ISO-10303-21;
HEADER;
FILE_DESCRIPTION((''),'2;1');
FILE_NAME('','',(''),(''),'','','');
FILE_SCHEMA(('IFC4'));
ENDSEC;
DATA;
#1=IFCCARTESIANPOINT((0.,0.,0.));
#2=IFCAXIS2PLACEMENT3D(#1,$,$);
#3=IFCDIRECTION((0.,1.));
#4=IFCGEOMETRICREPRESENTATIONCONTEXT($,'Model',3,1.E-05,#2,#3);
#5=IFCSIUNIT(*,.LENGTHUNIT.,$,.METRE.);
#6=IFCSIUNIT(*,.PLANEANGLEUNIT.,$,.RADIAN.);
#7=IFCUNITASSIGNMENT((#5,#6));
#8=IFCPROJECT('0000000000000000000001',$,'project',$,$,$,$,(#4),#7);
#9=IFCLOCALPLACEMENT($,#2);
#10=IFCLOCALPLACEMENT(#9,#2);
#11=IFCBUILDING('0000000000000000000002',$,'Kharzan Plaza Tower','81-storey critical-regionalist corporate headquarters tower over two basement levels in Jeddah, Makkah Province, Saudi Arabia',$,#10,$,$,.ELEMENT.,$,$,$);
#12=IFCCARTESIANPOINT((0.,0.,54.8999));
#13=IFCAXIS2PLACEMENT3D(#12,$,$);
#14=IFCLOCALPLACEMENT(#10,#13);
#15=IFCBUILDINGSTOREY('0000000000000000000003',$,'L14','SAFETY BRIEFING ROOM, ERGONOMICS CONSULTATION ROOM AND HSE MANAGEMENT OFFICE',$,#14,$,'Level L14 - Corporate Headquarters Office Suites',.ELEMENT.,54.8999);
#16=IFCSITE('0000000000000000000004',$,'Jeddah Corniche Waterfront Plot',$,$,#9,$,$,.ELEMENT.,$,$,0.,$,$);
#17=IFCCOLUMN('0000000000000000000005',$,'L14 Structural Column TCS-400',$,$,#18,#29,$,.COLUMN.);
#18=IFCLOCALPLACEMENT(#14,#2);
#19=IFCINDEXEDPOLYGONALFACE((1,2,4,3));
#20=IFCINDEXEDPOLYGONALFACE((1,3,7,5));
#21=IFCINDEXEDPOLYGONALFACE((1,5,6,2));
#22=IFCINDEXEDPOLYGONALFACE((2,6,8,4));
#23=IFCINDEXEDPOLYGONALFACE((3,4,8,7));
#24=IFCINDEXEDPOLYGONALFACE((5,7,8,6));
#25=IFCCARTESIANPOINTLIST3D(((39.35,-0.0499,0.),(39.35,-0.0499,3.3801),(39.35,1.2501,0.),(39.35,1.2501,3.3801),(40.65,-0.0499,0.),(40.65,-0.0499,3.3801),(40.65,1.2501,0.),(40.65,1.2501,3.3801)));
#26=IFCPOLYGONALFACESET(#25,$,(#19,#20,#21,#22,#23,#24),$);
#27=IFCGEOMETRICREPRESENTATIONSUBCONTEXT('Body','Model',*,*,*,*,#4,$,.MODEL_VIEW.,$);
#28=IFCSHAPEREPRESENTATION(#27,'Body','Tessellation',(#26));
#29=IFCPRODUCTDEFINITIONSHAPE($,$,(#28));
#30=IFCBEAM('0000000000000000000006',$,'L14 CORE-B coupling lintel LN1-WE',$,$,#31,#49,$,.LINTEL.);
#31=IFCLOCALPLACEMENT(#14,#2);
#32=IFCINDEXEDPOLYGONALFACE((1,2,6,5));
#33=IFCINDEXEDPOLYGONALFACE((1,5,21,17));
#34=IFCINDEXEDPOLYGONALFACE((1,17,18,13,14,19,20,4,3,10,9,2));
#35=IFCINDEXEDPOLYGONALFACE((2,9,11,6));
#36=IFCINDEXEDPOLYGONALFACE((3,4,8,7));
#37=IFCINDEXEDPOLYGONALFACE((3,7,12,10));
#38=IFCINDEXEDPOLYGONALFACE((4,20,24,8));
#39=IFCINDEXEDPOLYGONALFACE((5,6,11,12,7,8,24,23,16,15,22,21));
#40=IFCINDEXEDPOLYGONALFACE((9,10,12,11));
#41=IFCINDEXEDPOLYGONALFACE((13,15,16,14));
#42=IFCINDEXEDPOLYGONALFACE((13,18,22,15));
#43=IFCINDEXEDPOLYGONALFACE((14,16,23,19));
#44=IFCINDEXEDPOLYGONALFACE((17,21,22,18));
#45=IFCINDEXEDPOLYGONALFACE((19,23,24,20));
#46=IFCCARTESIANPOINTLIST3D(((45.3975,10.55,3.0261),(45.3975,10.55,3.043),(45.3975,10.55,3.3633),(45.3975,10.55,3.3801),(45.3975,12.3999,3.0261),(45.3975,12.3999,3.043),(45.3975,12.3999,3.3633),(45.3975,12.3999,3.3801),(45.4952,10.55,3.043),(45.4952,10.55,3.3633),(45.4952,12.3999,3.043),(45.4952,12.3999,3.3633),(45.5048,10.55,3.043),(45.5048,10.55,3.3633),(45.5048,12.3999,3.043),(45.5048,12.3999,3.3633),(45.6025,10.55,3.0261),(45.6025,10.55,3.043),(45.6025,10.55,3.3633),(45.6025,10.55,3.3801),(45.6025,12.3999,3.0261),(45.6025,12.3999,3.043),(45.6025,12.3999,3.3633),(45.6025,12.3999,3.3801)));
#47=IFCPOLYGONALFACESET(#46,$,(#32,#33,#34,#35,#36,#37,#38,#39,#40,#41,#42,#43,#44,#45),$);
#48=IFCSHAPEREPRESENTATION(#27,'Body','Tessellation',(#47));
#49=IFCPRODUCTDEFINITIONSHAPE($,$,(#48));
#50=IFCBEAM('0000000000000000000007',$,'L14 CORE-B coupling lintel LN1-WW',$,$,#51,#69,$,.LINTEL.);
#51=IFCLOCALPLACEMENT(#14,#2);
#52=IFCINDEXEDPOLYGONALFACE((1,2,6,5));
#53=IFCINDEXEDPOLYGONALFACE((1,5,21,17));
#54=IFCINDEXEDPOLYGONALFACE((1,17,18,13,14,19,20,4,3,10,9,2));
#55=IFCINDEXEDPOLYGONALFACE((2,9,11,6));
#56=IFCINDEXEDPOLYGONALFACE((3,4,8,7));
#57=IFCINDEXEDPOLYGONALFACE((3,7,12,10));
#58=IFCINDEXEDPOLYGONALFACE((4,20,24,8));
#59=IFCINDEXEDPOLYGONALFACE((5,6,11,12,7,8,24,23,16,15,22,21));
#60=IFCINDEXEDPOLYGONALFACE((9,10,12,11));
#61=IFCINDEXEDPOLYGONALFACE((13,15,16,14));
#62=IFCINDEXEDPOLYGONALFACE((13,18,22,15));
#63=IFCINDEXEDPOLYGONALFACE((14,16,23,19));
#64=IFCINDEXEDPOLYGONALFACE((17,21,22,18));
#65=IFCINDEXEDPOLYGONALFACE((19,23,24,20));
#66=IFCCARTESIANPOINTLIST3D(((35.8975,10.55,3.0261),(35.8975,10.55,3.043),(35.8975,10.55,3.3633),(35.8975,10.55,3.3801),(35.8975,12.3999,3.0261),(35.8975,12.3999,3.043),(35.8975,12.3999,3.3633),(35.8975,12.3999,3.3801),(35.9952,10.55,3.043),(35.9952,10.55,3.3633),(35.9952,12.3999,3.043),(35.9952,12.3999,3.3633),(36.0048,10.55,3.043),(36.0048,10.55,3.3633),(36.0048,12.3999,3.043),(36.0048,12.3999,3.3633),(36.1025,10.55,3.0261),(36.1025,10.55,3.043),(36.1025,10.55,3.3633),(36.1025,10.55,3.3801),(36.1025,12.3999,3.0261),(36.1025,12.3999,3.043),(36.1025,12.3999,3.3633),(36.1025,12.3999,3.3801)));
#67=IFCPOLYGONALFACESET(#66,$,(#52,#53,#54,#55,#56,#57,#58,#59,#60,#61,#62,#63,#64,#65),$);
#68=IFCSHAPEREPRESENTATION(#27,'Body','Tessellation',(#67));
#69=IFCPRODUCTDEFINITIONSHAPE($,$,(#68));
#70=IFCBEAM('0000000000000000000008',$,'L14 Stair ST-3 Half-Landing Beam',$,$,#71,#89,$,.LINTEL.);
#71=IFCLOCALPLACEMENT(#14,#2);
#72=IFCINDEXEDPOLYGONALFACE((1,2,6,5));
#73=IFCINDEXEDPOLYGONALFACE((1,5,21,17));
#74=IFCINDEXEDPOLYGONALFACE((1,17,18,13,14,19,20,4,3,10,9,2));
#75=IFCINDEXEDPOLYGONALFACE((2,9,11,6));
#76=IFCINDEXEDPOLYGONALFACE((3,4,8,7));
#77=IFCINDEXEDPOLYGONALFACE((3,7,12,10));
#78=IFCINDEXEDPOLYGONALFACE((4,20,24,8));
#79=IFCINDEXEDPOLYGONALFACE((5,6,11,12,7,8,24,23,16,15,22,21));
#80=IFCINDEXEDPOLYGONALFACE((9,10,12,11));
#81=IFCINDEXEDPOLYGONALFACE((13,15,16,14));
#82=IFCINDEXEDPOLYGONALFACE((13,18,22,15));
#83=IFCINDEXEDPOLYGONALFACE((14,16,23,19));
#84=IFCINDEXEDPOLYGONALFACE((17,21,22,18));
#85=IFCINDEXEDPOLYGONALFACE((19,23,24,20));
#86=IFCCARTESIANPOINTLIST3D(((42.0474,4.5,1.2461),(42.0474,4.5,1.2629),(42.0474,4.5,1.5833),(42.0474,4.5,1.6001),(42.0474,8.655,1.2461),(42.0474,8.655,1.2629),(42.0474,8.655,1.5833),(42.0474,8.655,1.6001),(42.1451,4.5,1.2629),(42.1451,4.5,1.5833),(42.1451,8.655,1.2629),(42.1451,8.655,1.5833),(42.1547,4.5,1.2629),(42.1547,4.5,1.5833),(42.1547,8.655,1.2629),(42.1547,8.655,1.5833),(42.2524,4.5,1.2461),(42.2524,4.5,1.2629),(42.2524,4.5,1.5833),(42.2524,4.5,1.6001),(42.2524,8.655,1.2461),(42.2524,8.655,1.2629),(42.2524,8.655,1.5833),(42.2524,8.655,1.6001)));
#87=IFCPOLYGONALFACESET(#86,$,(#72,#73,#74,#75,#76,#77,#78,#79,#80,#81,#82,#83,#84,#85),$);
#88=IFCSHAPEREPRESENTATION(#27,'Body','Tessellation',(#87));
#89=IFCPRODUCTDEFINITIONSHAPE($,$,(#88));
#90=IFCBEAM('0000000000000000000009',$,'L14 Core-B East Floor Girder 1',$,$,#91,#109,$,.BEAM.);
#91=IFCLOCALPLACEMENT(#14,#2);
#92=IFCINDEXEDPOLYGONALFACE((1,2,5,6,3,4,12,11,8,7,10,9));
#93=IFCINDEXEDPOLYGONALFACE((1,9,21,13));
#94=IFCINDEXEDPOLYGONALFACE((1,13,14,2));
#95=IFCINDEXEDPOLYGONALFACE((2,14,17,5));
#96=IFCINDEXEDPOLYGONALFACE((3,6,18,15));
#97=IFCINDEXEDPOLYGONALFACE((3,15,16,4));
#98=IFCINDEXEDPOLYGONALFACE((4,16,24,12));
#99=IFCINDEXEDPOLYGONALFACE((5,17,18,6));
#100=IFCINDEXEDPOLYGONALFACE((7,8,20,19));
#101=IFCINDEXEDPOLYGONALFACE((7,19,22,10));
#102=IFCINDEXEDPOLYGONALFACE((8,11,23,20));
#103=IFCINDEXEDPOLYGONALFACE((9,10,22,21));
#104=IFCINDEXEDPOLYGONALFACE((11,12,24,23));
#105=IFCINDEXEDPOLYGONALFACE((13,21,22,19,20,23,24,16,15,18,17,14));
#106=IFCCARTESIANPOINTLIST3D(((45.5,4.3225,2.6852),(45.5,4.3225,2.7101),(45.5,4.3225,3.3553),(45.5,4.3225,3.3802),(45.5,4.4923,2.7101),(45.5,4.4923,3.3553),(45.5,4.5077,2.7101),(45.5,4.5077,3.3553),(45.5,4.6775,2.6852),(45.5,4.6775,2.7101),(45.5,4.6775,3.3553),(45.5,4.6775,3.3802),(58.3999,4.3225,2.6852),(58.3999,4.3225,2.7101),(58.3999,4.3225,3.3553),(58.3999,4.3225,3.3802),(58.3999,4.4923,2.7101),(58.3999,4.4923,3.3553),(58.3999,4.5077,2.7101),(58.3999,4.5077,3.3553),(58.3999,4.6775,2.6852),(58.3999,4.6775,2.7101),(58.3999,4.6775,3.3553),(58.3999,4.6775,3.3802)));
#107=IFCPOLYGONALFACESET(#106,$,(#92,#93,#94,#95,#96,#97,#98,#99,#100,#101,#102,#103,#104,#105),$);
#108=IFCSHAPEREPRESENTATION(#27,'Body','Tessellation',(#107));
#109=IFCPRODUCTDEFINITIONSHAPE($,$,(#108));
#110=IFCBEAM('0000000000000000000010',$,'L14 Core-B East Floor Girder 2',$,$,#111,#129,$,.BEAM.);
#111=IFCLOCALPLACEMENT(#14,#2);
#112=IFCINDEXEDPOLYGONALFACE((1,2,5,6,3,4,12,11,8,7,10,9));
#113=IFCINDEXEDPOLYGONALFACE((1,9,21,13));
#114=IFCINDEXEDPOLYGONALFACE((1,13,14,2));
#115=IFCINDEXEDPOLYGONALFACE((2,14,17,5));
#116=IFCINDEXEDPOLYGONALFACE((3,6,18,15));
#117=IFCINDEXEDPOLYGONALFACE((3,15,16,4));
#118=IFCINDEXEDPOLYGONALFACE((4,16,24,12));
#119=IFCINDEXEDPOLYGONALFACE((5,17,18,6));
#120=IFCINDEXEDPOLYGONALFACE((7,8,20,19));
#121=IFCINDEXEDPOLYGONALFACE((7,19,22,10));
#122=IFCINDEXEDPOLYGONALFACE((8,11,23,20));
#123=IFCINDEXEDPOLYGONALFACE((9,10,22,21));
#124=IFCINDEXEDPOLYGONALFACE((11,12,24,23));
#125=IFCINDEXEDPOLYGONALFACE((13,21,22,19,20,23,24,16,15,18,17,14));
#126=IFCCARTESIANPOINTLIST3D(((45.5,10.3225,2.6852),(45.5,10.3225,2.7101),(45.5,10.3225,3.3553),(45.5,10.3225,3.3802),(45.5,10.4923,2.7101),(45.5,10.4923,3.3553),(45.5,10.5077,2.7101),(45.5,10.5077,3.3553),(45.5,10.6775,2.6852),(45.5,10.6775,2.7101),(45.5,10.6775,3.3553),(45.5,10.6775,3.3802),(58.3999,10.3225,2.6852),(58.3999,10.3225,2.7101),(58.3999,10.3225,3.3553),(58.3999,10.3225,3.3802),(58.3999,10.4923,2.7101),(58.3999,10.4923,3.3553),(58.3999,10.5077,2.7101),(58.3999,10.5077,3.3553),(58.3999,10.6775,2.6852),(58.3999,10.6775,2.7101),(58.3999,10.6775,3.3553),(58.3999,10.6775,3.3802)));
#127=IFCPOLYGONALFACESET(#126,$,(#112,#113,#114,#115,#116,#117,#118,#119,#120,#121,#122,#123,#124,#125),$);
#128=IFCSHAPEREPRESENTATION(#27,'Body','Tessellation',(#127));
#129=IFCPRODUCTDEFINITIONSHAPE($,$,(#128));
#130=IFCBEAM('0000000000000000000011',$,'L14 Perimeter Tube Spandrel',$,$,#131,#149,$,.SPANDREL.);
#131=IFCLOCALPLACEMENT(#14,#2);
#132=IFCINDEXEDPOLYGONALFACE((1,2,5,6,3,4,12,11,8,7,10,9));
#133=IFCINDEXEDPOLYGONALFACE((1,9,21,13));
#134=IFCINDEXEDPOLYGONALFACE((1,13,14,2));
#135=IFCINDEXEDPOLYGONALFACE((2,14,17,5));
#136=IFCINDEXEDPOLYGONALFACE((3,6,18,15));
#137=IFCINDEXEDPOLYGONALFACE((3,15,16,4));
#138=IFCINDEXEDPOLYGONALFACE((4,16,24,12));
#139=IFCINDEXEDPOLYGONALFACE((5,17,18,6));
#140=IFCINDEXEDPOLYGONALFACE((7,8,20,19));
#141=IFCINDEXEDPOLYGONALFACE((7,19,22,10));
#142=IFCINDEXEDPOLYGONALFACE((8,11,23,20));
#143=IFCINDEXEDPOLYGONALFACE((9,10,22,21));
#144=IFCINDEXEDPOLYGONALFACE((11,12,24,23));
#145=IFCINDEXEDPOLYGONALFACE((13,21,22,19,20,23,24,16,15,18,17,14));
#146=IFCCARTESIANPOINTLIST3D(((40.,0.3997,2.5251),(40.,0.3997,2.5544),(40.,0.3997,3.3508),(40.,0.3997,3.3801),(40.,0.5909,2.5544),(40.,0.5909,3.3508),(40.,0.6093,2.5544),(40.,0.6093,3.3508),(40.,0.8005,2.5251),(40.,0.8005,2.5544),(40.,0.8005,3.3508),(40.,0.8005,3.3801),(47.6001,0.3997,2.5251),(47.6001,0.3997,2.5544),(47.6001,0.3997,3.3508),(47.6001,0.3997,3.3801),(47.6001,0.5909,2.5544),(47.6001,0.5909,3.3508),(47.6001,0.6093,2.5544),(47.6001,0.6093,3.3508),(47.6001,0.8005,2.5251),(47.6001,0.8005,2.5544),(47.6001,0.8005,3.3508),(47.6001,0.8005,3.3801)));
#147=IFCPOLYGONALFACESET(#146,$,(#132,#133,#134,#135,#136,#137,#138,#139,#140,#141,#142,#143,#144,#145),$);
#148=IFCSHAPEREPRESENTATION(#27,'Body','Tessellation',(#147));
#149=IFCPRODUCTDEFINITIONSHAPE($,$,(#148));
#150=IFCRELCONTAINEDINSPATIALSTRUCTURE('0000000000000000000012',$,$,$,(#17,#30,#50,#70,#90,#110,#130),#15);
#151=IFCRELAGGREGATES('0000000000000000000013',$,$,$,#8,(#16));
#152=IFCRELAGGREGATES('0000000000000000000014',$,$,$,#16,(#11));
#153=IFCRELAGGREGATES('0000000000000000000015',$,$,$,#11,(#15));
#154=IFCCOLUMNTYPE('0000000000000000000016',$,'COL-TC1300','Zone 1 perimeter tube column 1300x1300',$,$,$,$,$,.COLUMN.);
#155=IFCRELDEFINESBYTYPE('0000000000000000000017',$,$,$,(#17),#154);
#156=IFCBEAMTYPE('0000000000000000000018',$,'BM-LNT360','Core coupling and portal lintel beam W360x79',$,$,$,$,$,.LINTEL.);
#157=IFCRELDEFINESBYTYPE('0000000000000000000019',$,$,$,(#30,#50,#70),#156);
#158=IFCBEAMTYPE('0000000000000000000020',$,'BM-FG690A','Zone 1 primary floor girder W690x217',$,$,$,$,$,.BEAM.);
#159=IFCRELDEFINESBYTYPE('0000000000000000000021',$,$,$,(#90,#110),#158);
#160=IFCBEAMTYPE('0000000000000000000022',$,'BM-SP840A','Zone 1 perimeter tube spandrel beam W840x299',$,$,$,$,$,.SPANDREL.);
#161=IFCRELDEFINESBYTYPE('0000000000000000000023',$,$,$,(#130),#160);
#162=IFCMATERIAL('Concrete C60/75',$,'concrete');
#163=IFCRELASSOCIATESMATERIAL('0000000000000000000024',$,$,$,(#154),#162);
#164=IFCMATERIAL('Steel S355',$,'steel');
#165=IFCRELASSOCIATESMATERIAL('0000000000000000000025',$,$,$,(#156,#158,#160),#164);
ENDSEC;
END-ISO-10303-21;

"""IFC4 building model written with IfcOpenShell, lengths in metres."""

from ifc_helpers import new_model, si_unit, direction, frame, origin, origin_2d, place, context, subcontext, project, spatial, rectangle, i_section, extrude, source, transform, mapped, material, material_profile, profile_set, type_object, element, save


model = new_model("IFC4")

# Units and contexts
model_context = context("Model", 3, precision=1e-05, world=origin(), true_north=direction((0.0, 1.0)))
body_context = subcontext(model_context, "Body", "Model", "MODEL_VIEW")
ifc_project = project(units=[si_unit("LENGTHUNIT", "METRE"), si_unit("PLANEANGLEUNIT", "RADIAN")], contexts=[model_context])

# Site, building, storey
site_placement = place(None, origin())
site = spatial("IfcSite", under=ifc_project, at=site_placement, Name="Jeddah Corniche Waterfront Plot", CompositionType="ELEMENT", RefElevation=0.0)
building_placement = place(site_placement, origin())
building = spatial("IfcBuilding", under=site, at=building_placement, Name="Kharzan Plaza Tower", Description="81-storey critical-regionalist corporate headquarters tower over two basement levels in Jeddah, Makkah Province, Saudi Arabia", CompositionType="ELEMENT")
storey_placement = place(building_placement, frame((0.0, 0.0, 54.8999)))
storey = spatial("IfcBuildingStorey", under=building, at=storey_placement, Name="L14", Description="SAFETY BRIEFING ROOM, ERGONOMICS CONSULTATION ROOM AND HSE MANAGEMENT OFFICE", LongName="Level L14 - Corporate Headquarters Office Suites", CompositionType="ELEMENT", Elevation=54.8999)

# Column
ifc_material_1 = material(Name="Concrete C60/75", Category="concrete")
ifc_material_profile_1 = material_profile(ifc_material_1, rectangle(XDim=1.3, YDim=1.3, at=origin_2d()), Name="RC-TC1300x1300")
ifc_profile_set_1 = profile_set([ifc_material_profile_1], Name="Concrete C60/75")
column_type = type_object("IfcColumnType", Name="COL-TC1300", Description="Zone 1 perimeter tube column 1300x1300", PredefinedType="COLUMN", material=ifc_profile_set_1)
shared_shape_1 = source(origin(), body_context, "Body", "SweptSolid", [
    extrude(rectangle(XDim=1.3, YDim=1.3, at=origin_2d()), origin(), (0.0, 0.0, 1.0), 3.3801),
])
column_placement = place(storey_placement, frame((40.0, 0.6001, 0.0), z_axis=(0.0, 0.0, 1.0), x_axis=(1.0, 0.0, 0.0)))
element("IfcColumn", 1, at=column_placement, inside=storey, type_object=column_type, Name="L14 Structural Column TCS-400", PredefinedType="COLUMN", context=body_context, shape_type="MappedRepresentation", body=[
    mapped(shared_shape_1, transform((0.0, 0.0, 0.0), x_axis=(1.0, 0.0, 0.0), y_axis=(0.0, 1.0, 0.0), z_axis=(0.0, 0.0, 1.0))),
])

# Beams
ifc_material_2 = material(Name="Steel S355", Category="steel")
ifc_material_profile_2 = material_profile(ifc_material_2, i_section(OverallWidth=0.2051, OverallDepth=0.354, WebThickness=0.0095, FlangeThickness=0.0168, at=origin_2d()), Name="W360x79")
ifc_profile_set_2 = profile_set([ifc_material_profile_2], Name="Steel S355")
beam_type_1 = type_object("IfcBeamType", Name="BM-LNT360", Description="Core coupling and portal lintel beam W360x79", PredefinedType="LINTEL", material=ifc_profile_set_2)
shared_shape_2 = source(origin(), body_context, "Body", "SweptSolid", [
    extrude(i_section(OverallWidth=0.2051, OverallDepth=0.354, WebThickness=0.0095, FlangeThickness=0.0168, at=origin_2d()), origin(), (0.0, 0.0, 1.0), 1.8499),
])
for number, where, z_axis, x_axis, name in (
    (2, (45.5, 10.55, 3.2031), (0.0, 1.0, 0.0), (-1.0, 0.0, 0.0), "L14 CORE-B coupling lintel LN1-WE"),
    (3, (36.0, 10.55, 3.2031), (0.0, 1.0, 0.0), (-1.0, 0.0, 0.0), "L14 CORE-B coupling lintel LN1-WW"),
):
    element("IfcBeam", number, at=place(storey_placement, frame(where, z_axis=z_axis, x_axis=x_axis)), inside=storey, type_object=beam_type_1, Name=name, PredefinedType="LINTEL", context=body_context, shape_type="MappedRepresentation", body=[
        mapped(shared_shape_2, transform((0.0, 0.0, 0.0), x_axis=(1.0, 0.0, 0.0), y_axis=(0.0, 1.0, 0.0), z_axis=(0.0, 0.0, 1.0))),
    ])
shared_shape_3 = source(origin(), body_context, "Body", "SweptSolid", [
    extrude(i_section(OverallWidth=0.2051, OverallDepth=0.354, WebThickness=0.0095, FlangeThickness=0.0168, at=origin_2d()), origin(), (0.0, 0.0, 1.0), 4.155),
])
beam_1_placement = place(storey_placement, frame((42.1499, 4.5, 1.4231), z_axis=(0.0, 1.0, 0.0), x_axis=(-1.0, 0.0, 0.0)))
element("IfcBeam", 4, at=beam_1_placement, inside=storey, type_object=beam_type_1, Name="L14 Stair ST-3 Half-Landing Beam", PredefinedType="LINTEL", context=body_context, shape_type="MappedRepresentation", body=[
    mapped(shared_shape_3, transform((0.0, 0.0, 0.0), x_axis=(1.0, 0.0, 0.0), y_axis=(0.0, 1.0, 0.0), z_axis=(0.0, 0.0, 1.0))),
])
ifc_material_profile_3 = material_profile(ifc_material_2, i_section(OverallWidth=0.355, OverallDepth=0.6951, WebThickness=0.0154, FlangeThickness=0.0249, at=origin_2d()), Name="W690x217")
ifc_profile_set_3 = profile_set([ifc_material_profile_3], Name="Steel S355")
beam_type_2 = type_object("IfcBeamType", Name="BM-FG690A", Description="Zone 1 primary floor girder W690x217", PredefinedType="BEAM", material=ifc_profile_set_3)
shared_shape_4 = source(origin(), body_context, "Body", "SweptSolid", [
    extrude(i_section(OverallWidth=0.355, OverallDepth=0.6951, WebThickness=0.0154, FlangeThickness=0.0249, at=origin_2d()), origin(), (0.0, 0.0, 1.0), 12.8999),
])
for number, where, z_axis, x_axis, name in (
    (5, (45.5, 4.5, 3.0327), (1.0, 0.0, 0.0), (0.0, 1.0, 0.0), "L14 Core-B East Floor Girder 1"),
    (6, (45.5, 10.5, 3.0327), (1.0, 0.0, 0.0), (0.0, 1.0, 0.0), "L14 Core-B East Floor Girder 2"),
):
    element("IfcBeam", number, at=place(storey_placement, frame(where, z_axis=z_axis, x_axis=x_axis)), inside=storey, type_object=beam_type_2, Name=name, PredefinedType="BEAM", context=body_context, shape_type="MappedRepresentation", body=[
        mapped(shared_shape_4, transform((0.0, 0.0, 0.0), x_axis=(1.0, 0.0, 0.0), y_axis=(0.0, 1.0, 0.0), z_axis=(0.0, 0.0, 1.0))),
    ])
ifc_material_profile_4 = material_profile(ifc_material_2, i_section(OverallWidth=0.4009, OverallDepth=0.855, WebThickness=0.0183, FlangeThickness=0.0293, at=origin_2d()), Name="W840x299")
ifc_profile_set_4 = profile_set([ifc_material_profile_4], Name="Steel S355")
beam_type_3 = type_object("IfcBeamType", Name="BM-SP840A", Description="Zone 1 perimeter tube spandrel beam W840x299", PredefinedType="SPANDREL", material=ifc_profile_set_4)
shared_shape_5 = source(origin(), body_context, "Body", "SweptSolid", [
    extrude(i_section(OverallWidth=0.4009, OverallDepth=0.855, WebThickness=0.0183, FlangeThickness=0.0293, at=origin_2d()), origin(), (0.0, 0.0, 1.0), 7.6001),
])
beam_2_placement = place(storey_placement, frame((40.0, 0.6001, 2.9526), z_axis=(1.0, 0.0, 0.0), x_axis=(0.0, 1.0, 0.0)))
element("IfcBeam", 7, at=beam_2_placement, inside=storey, type_object=beam_type_3, Name="L14 Perimeter Tube Spandrel", PredefinedType="SPANDREL", context=body_context, shape_type="MappedRepresentation", body=[
    mapped(shared_shape_5, transform((0.0, 0.0, 0.0), x_axis=(1.0, 0.0, 0.0), y_axis=(0.0, 1.0, 0.0), z_axis=(0.0, 0.0, 1.0))),
])

save(model, "model.ifc")
